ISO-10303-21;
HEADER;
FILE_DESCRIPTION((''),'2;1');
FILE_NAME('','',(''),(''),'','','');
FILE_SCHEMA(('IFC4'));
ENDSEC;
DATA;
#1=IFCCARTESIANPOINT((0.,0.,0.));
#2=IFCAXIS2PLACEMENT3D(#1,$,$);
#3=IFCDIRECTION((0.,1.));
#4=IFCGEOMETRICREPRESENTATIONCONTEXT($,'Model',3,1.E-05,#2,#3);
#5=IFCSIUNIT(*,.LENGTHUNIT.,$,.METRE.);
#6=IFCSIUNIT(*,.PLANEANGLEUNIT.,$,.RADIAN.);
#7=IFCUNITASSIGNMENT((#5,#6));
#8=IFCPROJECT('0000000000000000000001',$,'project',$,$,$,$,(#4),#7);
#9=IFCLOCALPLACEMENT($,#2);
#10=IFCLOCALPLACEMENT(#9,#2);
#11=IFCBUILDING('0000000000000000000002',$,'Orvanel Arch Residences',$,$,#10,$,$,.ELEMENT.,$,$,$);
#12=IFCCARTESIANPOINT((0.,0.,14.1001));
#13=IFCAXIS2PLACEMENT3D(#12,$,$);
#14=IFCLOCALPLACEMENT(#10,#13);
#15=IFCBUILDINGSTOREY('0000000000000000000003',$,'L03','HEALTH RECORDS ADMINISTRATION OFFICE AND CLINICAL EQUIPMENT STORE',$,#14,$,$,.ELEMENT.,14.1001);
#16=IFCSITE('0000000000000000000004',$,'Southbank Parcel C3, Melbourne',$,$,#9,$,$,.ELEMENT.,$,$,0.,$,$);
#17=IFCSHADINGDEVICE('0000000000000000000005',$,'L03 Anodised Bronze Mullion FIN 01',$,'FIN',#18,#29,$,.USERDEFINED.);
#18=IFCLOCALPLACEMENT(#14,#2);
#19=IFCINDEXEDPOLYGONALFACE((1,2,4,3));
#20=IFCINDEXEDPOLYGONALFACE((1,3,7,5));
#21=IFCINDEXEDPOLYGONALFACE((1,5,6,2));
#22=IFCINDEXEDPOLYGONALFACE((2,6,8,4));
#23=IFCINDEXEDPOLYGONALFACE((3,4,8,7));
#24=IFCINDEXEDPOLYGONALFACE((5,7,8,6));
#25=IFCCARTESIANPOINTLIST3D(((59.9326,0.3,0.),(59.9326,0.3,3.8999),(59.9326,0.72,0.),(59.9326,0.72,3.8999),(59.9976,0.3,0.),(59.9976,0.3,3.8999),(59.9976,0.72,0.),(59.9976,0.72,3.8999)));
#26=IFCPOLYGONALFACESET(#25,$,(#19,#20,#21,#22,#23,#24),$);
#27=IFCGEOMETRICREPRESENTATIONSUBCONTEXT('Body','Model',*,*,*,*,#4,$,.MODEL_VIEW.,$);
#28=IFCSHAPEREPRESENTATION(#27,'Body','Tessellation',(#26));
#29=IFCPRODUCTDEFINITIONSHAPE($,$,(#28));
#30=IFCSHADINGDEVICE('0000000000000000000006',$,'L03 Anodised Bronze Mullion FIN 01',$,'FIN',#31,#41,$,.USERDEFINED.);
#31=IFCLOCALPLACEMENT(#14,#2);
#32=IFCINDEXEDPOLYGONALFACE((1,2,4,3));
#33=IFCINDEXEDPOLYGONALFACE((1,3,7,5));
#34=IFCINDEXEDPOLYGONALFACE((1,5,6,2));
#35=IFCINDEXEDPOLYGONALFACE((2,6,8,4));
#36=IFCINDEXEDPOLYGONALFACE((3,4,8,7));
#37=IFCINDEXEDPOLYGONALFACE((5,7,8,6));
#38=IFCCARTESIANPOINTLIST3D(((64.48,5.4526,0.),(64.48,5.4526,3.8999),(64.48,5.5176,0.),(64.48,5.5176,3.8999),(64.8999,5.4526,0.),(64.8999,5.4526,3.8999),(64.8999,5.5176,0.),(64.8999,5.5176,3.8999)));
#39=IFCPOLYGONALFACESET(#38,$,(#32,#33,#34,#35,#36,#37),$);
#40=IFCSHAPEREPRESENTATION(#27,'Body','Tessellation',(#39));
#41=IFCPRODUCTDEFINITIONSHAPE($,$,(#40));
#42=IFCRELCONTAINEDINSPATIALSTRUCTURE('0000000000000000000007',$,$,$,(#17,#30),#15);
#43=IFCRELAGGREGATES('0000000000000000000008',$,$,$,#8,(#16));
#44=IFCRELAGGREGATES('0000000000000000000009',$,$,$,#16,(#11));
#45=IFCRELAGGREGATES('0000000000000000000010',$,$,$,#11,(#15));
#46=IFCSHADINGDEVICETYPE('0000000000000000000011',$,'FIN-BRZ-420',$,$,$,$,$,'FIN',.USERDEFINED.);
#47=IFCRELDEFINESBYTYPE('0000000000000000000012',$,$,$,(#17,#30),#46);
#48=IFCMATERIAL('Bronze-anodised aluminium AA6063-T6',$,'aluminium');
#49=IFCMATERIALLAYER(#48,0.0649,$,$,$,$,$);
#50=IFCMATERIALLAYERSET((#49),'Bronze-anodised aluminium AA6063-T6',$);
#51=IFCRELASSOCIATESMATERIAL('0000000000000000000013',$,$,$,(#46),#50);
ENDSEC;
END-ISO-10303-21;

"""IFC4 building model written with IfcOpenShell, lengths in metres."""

from ifc_helpers import new_model, si_unit, direction, frame, origin, origin_2d, place, context, subcontext, project, spatial, rectangle, extrude, material, layer, layer_set, type_object, element, save


model = new_model("IFC4")

# Units and contexts
model_context = context("Model", 3, precision=1e-05, world=origin(), true_north=direction((0.0, 1.0)))
body_context = subcontext(model_context, "Body", "Model", "MODEL_VIEW")
ifc_project = project(units=[si_unit("LENGTHUNIT", "METRE"), si_unit("PLANEANGLEUNIT", "RADIAN")], contexts=[model_context])

# Site, building, storey
site_placement = place(None, origin())
site = spatial("IfcSite", under=ifc_project, at=site_placement, Name="Southbank Parcel C3, Melbourne", CompositionType="ELEMENT", RefElevation=0.0)
building_placement = place(site_placement, origin())
building = spatial("IfcBuilding", under=site, at=building_placement, Name="Orvanel Arch Residences", CompositionType="ELEMENT")
storey_placement = place(building_placement, frame((0.0, 0.0, 14.1001)))
storey = spatial("IfcBuildingStorey", under=building, at=storey_placement, Name="L03", Description="HEALTH RECORDS ADMINISTRATION OFFICE AND CLINICAL EQUIPMENT STORE", CompositionType="ELEMENT", Elevation=14.1001)

# Shared definitions
ifc_material_1 = material(Name="Bronze-anodised aluminium AA6063-T6", Category="aluminium")

# Shading devices
ifc_layer_1 = layer(ifc_material_1, 0.0649)
ifc_layer_set_1 = layer_set([ifc_layer_1], Name="Bronze-anodised aluminium AA6063-T6")
shading_device_type = type_object("IfcShadingDeviceType", Name="FIN-BRZ-420", ElementType="FIN", PredefinedType="USERDEFINED", material=ifc_layer_set_1)
for number, where, z_axis, x_axis, name in (
    (1, (59.9651, 0.51, 0.0), (0.0, 0.0, 1.0), (0.0, -1.0, 0.0), "L03 Anodised Bronze Mullion FIN 01"),
    (2, (64.6899, 5.4851, 0.0), (0.0, 0.0, 1.0), (1.0, 0.0, 0.0), "L03 Anodised Bronze Mullion FIN 01"),
):
    element("IfcShadingDevice", number, at=place(storey_placement, frame(where, z_axis=z_axis, x_axis=x_axis)), inside=storey, type_object=shading_device_type, Name=name, ObjectType="FIN", PredefinedType="USERDEFINED", context=body_context, shape_type="SweptSolid", body=[
        extrude(rectangle(XDim=0.4199, YDim=0.0649, at=origin_2d()), origin(), (0.0, 0.0, 1.0), 3.8999),
    ])

save(model, "model.ifc")
